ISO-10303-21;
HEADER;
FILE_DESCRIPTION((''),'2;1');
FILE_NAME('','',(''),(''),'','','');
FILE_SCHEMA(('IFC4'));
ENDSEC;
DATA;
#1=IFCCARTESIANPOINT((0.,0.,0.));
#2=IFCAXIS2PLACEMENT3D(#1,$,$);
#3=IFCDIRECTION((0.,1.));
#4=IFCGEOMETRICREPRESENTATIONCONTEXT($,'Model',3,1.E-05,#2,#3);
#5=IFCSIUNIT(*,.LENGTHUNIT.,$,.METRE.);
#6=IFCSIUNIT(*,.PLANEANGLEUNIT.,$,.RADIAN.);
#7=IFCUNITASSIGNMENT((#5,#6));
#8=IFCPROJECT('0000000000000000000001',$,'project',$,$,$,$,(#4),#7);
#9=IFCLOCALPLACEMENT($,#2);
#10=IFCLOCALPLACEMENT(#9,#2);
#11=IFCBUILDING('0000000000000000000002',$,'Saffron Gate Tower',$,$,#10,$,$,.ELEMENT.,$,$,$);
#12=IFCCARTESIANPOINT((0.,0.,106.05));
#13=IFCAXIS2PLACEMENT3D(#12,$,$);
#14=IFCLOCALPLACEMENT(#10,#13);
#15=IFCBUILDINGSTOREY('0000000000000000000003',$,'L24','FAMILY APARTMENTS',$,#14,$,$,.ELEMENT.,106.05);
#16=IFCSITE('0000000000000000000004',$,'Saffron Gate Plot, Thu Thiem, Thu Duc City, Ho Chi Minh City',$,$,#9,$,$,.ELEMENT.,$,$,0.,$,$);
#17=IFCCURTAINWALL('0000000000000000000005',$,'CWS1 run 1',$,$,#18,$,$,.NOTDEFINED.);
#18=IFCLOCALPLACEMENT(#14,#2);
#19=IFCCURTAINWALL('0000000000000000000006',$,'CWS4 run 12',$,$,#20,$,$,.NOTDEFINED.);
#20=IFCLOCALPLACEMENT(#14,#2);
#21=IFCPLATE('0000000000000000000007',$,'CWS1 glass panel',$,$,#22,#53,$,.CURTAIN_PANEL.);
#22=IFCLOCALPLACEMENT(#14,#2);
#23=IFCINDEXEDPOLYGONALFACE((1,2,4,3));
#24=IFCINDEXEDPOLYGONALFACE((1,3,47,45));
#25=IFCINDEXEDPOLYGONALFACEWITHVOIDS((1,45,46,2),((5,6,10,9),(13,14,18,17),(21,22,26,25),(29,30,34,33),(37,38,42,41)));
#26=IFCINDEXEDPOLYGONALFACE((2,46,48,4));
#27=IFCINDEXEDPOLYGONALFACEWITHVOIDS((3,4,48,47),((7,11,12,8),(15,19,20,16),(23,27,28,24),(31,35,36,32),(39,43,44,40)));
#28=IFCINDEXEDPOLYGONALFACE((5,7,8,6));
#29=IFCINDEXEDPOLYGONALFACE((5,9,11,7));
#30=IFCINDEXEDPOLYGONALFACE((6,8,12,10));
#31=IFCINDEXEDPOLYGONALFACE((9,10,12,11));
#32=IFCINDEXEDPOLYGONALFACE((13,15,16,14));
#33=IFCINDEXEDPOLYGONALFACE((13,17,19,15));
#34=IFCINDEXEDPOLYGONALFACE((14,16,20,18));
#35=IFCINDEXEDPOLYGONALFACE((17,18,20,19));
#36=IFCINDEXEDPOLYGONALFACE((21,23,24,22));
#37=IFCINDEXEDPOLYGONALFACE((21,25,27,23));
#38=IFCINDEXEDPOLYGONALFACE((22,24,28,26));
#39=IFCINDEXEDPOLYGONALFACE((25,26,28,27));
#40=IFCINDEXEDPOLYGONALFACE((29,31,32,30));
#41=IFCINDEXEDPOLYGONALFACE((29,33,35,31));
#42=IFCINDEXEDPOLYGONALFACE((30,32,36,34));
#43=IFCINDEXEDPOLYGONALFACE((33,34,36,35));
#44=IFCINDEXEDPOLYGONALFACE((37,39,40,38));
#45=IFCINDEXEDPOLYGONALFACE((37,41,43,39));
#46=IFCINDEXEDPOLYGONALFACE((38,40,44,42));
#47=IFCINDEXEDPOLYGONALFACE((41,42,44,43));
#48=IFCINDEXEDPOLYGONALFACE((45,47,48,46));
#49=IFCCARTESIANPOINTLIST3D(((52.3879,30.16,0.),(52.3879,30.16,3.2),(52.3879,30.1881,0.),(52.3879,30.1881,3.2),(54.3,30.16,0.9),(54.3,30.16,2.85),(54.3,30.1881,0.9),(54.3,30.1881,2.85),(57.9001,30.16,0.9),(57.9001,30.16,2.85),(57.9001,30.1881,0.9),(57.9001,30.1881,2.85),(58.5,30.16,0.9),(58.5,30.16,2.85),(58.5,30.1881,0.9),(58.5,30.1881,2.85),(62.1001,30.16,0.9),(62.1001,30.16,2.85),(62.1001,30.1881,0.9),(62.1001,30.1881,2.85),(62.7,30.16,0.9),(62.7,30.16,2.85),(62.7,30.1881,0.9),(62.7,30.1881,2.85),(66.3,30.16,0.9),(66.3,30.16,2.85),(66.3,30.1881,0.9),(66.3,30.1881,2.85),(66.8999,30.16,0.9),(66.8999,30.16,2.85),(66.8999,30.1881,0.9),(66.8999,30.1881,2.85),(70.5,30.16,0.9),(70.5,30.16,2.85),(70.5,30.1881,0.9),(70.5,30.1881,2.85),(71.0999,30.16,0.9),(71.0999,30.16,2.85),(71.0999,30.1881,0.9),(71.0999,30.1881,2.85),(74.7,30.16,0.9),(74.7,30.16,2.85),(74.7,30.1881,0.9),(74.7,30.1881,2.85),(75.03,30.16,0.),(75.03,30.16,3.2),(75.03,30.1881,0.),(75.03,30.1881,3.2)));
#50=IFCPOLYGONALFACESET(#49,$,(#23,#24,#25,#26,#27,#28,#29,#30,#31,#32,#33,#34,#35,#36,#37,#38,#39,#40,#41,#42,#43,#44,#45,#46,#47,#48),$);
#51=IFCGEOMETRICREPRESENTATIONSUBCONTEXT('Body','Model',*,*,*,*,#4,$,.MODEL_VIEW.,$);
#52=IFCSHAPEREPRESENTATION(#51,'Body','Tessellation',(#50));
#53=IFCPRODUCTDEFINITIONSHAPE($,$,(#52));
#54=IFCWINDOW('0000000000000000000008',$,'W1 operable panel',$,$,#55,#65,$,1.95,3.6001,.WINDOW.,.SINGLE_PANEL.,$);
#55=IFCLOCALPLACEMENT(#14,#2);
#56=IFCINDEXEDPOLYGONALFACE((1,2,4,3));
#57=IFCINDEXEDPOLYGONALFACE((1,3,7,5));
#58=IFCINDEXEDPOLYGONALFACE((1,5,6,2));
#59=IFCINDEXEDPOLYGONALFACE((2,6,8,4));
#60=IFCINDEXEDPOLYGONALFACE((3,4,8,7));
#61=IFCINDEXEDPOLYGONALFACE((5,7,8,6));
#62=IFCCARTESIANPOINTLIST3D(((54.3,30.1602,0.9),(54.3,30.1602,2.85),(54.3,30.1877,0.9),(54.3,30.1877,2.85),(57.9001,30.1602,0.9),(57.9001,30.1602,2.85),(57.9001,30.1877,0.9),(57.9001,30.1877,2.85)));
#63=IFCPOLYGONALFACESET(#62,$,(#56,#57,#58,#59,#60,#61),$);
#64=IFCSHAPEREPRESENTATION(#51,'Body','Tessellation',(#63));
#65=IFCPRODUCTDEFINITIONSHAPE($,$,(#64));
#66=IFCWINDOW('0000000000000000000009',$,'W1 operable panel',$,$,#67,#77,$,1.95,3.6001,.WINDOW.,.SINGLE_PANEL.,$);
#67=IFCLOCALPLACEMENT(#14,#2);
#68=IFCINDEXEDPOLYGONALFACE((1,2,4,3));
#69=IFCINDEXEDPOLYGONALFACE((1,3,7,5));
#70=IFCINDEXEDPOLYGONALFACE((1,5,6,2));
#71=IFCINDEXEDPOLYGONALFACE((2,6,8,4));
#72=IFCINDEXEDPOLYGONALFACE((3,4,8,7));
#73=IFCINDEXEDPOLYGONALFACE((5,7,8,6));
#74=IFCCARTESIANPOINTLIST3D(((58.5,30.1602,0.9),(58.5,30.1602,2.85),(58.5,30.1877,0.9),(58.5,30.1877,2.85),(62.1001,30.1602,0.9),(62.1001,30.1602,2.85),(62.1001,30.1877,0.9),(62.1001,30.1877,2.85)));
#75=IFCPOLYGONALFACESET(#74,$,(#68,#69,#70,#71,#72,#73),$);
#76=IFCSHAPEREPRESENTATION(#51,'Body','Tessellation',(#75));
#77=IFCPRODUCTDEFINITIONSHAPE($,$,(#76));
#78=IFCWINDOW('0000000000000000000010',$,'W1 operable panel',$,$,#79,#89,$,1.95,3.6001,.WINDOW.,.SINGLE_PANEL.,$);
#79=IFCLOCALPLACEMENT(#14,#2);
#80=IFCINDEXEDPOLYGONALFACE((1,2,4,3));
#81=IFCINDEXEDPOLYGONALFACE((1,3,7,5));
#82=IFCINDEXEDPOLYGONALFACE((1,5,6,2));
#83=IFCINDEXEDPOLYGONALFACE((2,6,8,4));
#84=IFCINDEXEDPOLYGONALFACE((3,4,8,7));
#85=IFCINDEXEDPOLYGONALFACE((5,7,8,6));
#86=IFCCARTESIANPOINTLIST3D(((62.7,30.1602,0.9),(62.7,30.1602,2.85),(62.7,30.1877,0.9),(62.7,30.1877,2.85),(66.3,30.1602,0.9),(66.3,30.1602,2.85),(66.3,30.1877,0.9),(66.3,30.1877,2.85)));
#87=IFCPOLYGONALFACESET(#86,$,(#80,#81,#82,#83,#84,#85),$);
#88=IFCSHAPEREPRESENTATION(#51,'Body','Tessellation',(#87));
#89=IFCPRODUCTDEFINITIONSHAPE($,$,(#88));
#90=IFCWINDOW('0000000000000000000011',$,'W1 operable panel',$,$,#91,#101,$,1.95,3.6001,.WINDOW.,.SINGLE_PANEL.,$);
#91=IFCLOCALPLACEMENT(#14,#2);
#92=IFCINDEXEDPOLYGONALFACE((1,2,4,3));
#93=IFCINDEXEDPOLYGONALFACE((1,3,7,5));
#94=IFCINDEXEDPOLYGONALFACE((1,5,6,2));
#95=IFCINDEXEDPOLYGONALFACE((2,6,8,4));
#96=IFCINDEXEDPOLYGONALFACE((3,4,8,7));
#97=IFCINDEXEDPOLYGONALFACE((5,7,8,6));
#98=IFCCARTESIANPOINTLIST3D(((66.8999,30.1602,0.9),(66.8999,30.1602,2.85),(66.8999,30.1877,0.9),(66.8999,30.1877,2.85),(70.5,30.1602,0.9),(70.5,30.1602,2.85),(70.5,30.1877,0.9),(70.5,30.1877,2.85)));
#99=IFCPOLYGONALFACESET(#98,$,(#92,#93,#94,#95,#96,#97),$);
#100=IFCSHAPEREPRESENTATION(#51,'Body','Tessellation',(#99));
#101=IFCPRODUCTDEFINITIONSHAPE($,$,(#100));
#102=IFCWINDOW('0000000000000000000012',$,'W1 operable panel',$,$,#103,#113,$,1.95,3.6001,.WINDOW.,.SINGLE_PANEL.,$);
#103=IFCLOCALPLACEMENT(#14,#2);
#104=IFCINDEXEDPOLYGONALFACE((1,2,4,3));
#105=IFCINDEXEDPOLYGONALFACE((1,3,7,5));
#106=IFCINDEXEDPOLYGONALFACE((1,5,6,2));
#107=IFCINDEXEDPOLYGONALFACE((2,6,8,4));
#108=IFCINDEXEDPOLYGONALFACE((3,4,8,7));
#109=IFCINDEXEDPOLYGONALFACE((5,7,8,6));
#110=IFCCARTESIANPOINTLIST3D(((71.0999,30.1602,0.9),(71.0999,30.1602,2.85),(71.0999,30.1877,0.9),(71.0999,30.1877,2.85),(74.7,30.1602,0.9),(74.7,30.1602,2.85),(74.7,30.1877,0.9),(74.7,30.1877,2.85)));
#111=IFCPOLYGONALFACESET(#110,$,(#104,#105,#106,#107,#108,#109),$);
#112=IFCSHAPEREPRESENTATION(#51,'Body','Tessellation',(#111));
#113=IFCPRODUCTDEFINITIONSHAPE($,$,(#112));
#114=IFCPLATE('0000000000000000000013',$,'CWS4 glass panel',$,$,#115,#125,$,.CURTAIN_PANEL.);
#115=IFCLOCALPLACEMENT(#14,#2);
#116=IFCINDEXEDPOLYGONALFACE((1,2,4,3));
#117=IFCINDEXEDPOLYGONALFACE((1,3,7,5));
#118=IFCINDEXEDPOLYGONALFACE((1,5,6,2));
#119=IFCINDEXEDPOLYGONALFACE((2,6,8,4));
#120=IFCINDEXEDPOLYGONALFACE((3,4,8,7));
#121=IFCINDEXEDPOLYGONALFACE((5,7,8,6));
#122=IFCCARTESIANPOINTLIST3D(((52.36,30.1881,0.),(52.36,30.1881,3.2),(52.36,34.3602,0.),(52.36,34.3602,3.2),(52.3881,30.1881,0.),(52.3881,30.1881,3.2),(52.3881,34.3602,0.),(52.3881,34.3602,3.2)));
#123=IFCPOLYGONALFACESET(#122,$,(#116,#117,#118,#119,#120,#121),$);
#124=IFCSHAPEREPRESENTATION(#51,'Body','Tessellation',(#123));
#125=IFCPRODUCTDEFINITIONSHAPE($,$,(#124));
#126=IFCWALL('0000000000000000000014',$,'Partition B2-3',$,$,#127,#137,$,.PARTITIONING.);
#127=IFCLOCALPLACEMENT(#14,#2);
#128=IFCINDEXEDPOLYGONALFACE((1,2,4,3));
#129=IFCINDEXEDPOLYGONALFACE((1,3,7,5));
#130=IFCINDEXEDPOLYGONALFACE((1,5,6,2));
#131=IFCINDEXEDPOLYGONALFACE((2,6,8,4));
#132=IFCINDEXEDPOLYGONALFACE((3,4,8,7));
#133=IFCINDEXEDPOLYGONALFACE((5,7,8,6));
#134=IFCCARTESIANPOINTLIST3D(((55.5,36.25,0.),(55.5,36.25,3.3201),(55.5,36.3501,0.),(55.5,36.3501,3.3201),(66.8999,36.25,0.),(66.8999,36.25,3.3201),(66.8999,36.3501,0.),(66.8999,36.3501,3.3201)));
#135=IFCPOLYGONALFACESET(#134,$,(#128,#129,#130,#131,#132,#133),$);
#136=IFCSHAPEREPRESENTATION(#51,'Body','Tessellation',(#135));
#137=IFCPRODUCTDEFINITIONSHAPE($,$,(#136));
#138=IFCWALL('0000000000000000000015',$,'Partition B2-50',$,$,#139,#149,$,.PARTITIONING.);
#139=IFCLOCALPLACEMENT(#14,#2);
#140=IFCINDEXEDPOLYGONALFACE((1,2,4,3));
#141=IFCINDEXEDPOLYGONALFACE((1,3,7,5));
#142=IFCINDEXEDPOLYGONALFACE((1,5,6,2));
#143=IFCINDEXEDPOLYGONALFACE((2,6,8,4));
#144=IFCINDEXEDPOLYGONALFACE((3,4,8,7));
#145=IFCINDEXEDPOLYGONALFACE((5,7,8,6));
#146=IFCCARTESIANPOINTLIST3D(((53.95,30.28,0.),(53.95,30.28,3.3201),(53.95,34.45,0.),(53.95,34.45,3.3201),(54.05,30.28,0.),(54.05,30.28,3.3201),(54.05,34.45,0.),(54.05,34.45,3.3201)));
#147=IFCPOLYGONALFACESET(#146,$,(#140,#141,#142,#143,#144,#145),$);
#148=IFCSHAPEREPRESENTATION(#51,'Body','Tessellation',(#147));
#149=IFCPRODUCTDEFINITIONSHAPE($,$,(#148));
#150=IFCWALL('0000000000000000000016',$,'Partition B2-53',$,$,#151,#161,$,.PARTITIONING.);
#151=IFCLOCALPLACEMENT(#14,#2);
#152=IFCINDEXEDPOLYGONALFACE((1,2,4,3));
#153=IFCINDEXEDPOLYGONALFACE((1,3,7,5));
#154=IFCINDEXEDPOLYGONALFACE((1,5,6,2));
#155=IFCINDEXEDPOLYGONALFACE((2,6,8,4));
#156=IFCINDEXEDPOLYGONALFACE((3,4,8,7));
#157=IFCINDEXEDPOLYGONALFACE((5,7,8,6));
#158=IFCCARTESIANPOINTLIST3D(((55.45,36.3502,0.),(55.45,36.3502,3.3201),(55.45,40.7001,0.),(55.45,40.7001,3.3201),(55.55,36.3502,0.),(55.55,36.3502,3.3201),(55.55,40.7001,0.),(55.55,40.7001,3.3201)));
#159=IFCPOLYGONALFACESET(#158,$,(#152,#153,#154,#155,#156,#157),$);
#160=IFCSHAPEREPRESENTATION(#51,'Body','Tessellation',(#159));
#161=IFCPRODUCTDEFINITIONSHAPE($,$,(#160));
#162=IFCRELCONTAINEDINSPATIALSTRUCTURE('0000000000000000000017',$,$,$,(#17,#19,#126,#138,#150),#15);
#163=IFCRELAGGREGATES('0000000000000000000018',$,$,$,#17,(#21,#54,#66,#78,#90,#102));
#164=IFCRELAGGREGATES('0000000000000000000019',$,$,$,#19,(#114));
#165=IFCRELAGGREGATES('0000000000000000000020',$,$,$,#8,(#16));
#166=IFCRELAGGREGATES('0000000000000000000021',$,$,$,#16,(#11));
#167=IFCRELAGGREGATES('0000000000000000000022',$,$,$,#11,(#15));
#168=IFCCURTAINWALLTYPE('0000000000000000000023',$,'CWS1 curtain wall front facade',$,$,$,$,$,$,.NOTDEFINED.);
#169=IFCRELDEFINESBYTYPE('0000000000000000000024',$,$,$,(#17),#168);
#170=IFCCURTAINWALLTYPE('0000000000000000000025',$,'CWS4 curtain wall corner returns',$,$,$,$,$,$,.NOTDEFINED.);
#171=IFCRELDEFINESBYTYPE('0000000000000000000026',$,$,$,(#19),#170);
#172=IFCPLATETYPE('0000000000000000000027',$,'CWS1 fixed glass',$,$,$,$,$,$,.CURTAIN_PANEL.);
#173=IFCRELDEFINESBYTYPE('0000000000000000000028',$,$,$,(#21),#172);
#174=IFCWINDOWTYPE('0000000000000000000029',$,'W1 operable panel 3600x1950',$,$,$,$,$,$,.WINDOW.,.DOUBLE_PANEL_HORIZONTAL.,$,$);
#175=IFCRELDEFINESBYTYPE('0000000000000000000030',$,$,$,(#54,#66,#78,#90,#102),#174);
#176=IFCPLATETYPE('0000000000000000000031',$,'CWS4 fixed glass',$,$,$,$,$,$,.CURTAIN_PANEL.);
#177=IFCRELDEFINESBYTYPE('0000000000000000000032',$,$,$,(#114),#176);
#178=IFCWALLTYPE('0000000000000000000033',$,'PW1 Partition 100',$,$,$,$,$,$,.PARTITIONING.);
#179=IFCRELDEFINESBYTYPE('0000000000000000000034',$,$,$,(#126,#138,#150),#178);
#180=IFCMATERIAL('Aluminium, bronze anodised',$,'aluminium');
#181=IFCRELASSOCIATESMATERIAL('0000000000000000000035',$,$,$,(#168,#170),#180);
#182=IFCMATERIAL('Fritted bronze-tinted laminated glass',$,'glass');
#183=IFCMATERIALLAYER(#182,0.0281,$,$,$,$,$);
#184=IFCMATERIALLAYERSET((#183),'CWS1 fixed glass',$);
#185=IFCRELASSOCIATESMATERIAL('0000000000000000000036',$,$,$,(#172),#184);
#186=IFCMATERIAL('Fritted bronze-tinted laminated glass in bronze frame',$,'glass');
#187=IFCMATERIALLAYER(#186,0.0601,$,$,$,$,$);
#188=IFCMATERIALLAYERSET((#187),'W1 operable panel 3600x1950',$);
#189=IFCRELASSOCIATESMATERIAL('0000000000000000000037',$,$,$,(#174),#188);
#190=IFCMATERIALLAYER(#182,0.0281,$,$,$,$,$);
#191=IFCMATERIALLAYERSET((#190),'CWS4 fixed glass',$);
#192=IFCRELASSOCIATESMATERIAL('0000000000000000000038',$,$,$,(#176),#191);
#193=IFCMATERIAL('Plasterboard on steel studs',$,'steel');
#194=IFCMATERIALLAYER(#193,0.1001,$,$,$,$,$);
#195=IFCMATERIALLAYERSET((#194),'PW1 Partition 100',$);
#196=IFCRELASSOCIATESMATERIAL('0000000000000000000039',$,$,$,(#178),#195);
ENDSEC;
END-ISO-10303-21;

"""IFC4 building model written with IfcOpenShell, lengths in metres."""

from ifc_helpers import new_model, si_unit, direction, frame, frame_2d, origin, place, context, subcontext, project, spatial, rectangle, extrude, material, layer, layer_set, type_object, element, fill, aggregate, save


model = new_model("IFC4")

# Units and contexts
model_context = context("Model", 3, precision=1e-05, world=origin(), true_north=direction((0.0, 1.0)))
body_context = subcontext(model_context, "Body", "Model", "MODEL_VIEW")
ifc_project = project(units=[si_unit("LENGTHUNIT", "METRE"), si_unit("PLANEANGLEUNIT", "RADIAN")], contexts=[model_context])

# Site, building, storey
site_placement = place(None, origin())
site = spatial("IfcSite", under=ifc_project, at=site_placement, Name="Saffron Gate Plot, Thu Thiem, Thu Duc City, Ho Chi Minh City", CompositionType="ELEMENT", RefElevation=0.0)
building_placement = place(site_placement, origin())
building = spatial("IfcBuilding", under=site, at=building_placement, Name="Saffron Gate Tower", CompositionType="ELEMENT")
storey_placement = place(building_placement, frame((0.0, 0.0, 106.05)))
storey = spatial("IfcBuildingStorey", under=building, at=storey_placement, Name="L24", Description="FAMILY APARTMENTS", CompositionType="ELEMENT", Elevation=106.05)

# Curtain wall
ifc_material_1 = material(Name="Aluminium, bronze anodised", Category="aluminium")
curtain_wall_type_1 = type_object("IfcCurtainWallType", Name="CWS1 curtain wall front facade", PredefinedType="NOTDEFINED", material=ifc_material_1)
curtain_wall_1_placement = place(storey_placement, origin())
curtain_wall_1 = element("IfcCurtainWall", 1, at=curtain_wall_1_placement, inside=storey, type_object=curtain_wall_type_1, Name="CWS1 run 1", PredefinedType="NOTDEFINED")

# Curtain wall
curtain_wall_type_2 = type_object("IfcCurtainWallType", Name="CWS4 curtain wall corner returns", PredefinedType="NOTDEFINED", material=ifc_material_1)
curtain_wall_2_placement = place(storey_placement, origin())
curtain_wall_2 = element("IfcCurtainWall", 2, at=curtain_wall_2_placement, inside=storey, type_object=curtain_wall_type_2, Name="CWS4 run 12", PredefinedType="NOTDEFINED")

# Plate, openings, windows
ifc_material_2 = material(Name="Fritted bronze-tinted laminated glass", Category="glass")
ifc_layer_1 = layer(ifc_material_2, 0.0281)
ifc_layer_set_1 = layer_set([ifc_layer_1], Name="CWS1 fixed glass")
plate_type_1 = type_object("IfcPlateType", Name="CWS1 fixed glass", PredefinedType="CURTAIN_PANEL", material=ifc_layer_set_1)
plate_1_placement = place(storey_placement, frame((52.3879, 30.1741, 0.0), z_axis=(0.0, 0.0, 1.0), x_axis=(1.0, 0.0, 0.0)))
plate_1 = element("IfcPlate", 3, at=plate_1_placement, type_object=plate_type_1, Name="CWS1 glass panel", PredefinedType="CURTAIN_PANEL", context=body_context, shape_type="SweptSolid", body=[
    extrude(rectangle(XDim=22.6421, YDim=0.0281, at=frame_2d((11.321, 0.0))), origin(), (0.0, 0.0, 1.0), 3.2),
])
opening_1_placement = place(plate_1_placement, frame((1.9121, 0.0, 0.8999)))
opening_1 = element("IfcOpeningElement", 4, at=opening_1_placement, cuts=plate_1, PredefinedType="OPENING", context=body_context, shape_type="SweptSolid", body=[
    extrude(rectangle(XDim=3.6001, YDim=1.95, at=frame_2d((1.8, 0.9751))), frame((0.0, 0.0239, 0.0), z_axis=(0.0, -1.0, 0.0), x_axis=(1.0, 0.0, 0.0)), (0.0, 0.0, 1.0), 0.0481),
])
opening_2_placement = place(plate_1_placement, frame((6.1121, 0.0, 0.8999)))
opening_2 = element("IfcOpeningElement", 5, at=opening_2_placement, cuts=plate_1, PredefinedType="OPENING", context=body_context, shape_type="SweptSolid", body=[
    extrude(rectangle(XDim=3.6001, YDim=1.95, at=frame_2d((1.8, 0.9751))), frame((0.0, 0.0239, 0.0), z_axis=(0.0, -1.0, 0.0), x_axis=(1.0, 0.0, 0.0)), (0.0, 0.0, 1.0), 0.0481),
])
opening_3_placement = place(plate_1_placement, frame((10.312, 0.0, 0.8999)))
opening_3 = element("IfcOpeningElement", 6, at=opening_3_placement, cuts=plate_1, PredefinedType="OPENING", context=body_context, shape_type="SweptSolid", body=[
    extrude(rectangle(XDim=3.6001, YDim=1.95, at=frame_2d((1.8, 0.9751))), frame((0.0, 0.0239, 0.0), z_axis=(0.0, -1.0, 0.0), x_axis=(1.0, 0.0, 0.0)), (0.0, 0.0, 1.0), 0.0481),
])
opening_4_placement = place(plate_1_placement, frame((14.512, 0.0, 0.8999)))
opening_4 = element("IfcOpeningElement", 7, at=opening_4_placement, cuts=plate_1, PredefinedType="OPENING", context=body_context, shape_type="SweptSolid", body=[
    extrude(rectangle(XDim=3.6001, YDim=1.95, at=frame_2d((1.8, 0.9751))), frame((0.0, 0.0239, 0.0), z_axis=(0.0, -1.0, 0.0), x_axis=(1.0, 0.0, 0.0)), (0.0, 0.0, 1.0), 0.0481),
])
opening_5_placement = place(plate_1_placement, frame((18.7119, 0.0, 0.8999)))
opening_5 = element("IfcOpeningElement", 8, at=opening_5_placement, cuts=plate_1, PredefinedType="OPENING", context=body_context, shape_type="SweptSolid", body=[
    extrude(rectangle(XDim=3.6001, YDim=1.95, at=frame_2d((1.8, 0.9751))), frame((0.0, 0.0239, 0.0), z_axis=(0.0, -1.0, 0.0), x_axis=(1.0, 0.0, 0.0)), (0.0, 0.0, 1.0), 0.0481),
])
ifc_material_3 = material(Name="Fritted bronze-tinted laminated glass in bronze frame", Category="glass")
ifc_layer_2 = layer(ifc_material_3, 0.0601)
ifc_layer_set_2 = layer_set([ifc_layer_2], Name="W1 operable panel 3600x1950")
window_type = type_object("IfcWindowType", Name="W1 operable panel 3600x1950", PartitioningType="DOUBLE_PANEL_HORIZONTAL", PredefinedType="WINDOW", material=ifc_layer_set_2)
window_1_placement = place(opening_1_placement, origin())
window_1 = element("IfcWindow", 9, at=window_1_placement, type_object=window_type, Name="W1 operable panel", OverallHeight=1.95, OverallWidth=3.6001, PartitioningType="SINGLE_PANEL", PredefinedType="WINDOW", context=body_context, shape_type="SweptSolid", body=[
    extrude(rectangle(XDim=3.6001, YDim=1.95, at=frame_2d((1.8, 0.9751))), frame((0.0, 0.0137, 0.0), z_axis=(0.0, -1.0, 0.0), x_axis=(1.0, 0.0, 0.0)), (0.0, 0.0, 1.0), 0.0276),
])
fill(opening_1, window_1)
window_2_placement = place(opening_2_placement, origin())
window_2 = element("IfcWindow", 10, at=window_2_placement, type_object=window_type, Name="W1 operable panel", OverallHeight=1.95, OverallWidth=3.6001, PartitioningType="SINGLE_PANEL", PredefinedType="WINDOW", context=body_context, shape_type="SweptSolid", body=[
    extrude(rectangle(XDim=3.6001, YDim=1.95, at=frame_2d((1.8, 0.9751))), frame((0.0, 0.0137, 0.0), z_axis=(0.0, -1.0, 0.0), x_axis=(1.0, 0.0, 0.0)), (0.0, 0.0, 1.0), 0.0276),
])
fill(opening_2, window_2)
window_3_placement = place(opening_3_placement, origin())
window_3 = element("IfcWindow", 11, at=window_3_placement, type_object=window_type, Name="W1 operable panel", OverallHeight=1.95, OverallWidth=3.6001, PartitioningType="SINGLE_PANEL", PredefinedType="WINDOW", context=body_context, shape_type="SweptSolid", body=[
    extrude(rectangle(XDim=3.6001, YDim=1.95, at=frame_2d((1.8, 0.9751))), frame((0.0, 0.0137, 0.0), z_axis=(0.0, -1.0, 0.0), x_axis=(1.0, 0.0, 0.0)), (0.0, 0.0, 1.0), 0.0276),
])
fill(opening_3, window_3)
window_4_placement = place(opening_4_placement, origin())
window_4 = element("IfcWindow", 12, at=window_4_placement, type_object=window_type, Name="W1 operable panel", OverallHeight=1.95, OverallWidth=3.6001, PartitioningType="SINGLE_PANEL", PredefinedType="WINDOW", context=body_context, shape_type="SweptSolid", body=[
    extrude(rectangle(XDim=3.6001, YDim=1.95, at=frame_2d((1.8, 0.9751))), frame((0.0, 0.0137, 0.0), z_axis=(0.0, -1.0, 0.0), x_axis=(1.0, 0.0, 0.0)), (0.0, 0.0, 1.0), 0.0276),
])
fill(opening_4, window_4)
window_5_placement = place(opening_5_placement, origin())
window_5 = element("IfcWindow", 13, at=window_5_placement, type_object=window_type, Name="W1 operable panel", OverallHeight=1.95, OverallWidth=3.6001, PartitioningType="SINGLE_PANEL", PredefinedType="WINDOW", context=body_context, shape_type="SweptSolid", body=[
    extrude(rectangle(XDim=3.6001, YDim=1.95, at=frame_2d((1.8, 0.9751))), frame((0.0, 0.0137, 0.0), z_axis=(0.0, -1.0, 0.0), x_axis=(1.0, 0.0, 0.0)), (0.0, 0.0, 1.0), 0.0276),
])
fill(opening_5, window_5)
aggregate(curtain_wall_1, [plate_1, window_1, window_2, window_3, window_4, window_5])

# Plate
ifc_layer_3 = layer(ifc_material_2, 0.0281)
ifc_layer_set_3 = layer_set([ifc_layer_3], Name="CWS4 fixed glass")
plate_type_2 = type_object("IfcPlateType", Name="CWS4 fixed glass", PredefinedType="CURTAIN_PANEL", material=ifc_layer_set_3)
plate_2_placement = place(storey_placement, frame((52.374, 34.3601, 0.0), z_axis=(0.0, 0.0, 1.0), x_axis=(0.0, -1.0, 0.0)))
plate_2 = element("IfcPlate", 14, at=plate_2_placement, type_object=plate_type_2, Name="CWS4 glass panel", PredefinedType="CURTAIN_PANEL", context=body_context, shape_type="SweptSolid", body=[
    extrude(rectangle(XDim=4.1721, YDim=0.0281, at=frame_2d((2.0859, 0.0))), origin(), (0.0, 0.0, 1.0), 3.2),
])
aggregate(curtain_wall_2, [plate_2])

# Walls
ifc_material_4 = material(Name="Plasterboard on steel studs", Category="steel")
ifc_layer_4 = layer(ifc_material_4, 0.1001)
ifc_layer_set_4 = layer_set([ifc_layer_4], Name="PW1 Partition 100")
wall_type = type_object("IfcWallType", Name="PW1 Partition 100", PredefinedType="PARTITIONING", material=ifc_layer_set_4)
wall_1_placement = place(storey_placement, frame((55.5, 36.3, 0.0), z_axis=(0.0, 0.0, 1.0), x_axis=(1.0, 0.0, 0.0)))
element("IfcWall", 15, at=wall_1_placement, inside=storey, type_object=wall_type, Name="Partition B2-3", PredefinedType="PARTITIONING", context=body_context, shape_type="SweptSolid", body=[
    extrude(rectangle(XDim=11.3999, YDim=0.1001, at=frame_2d((5.7, 0.0))), origin(), (0.0, 0.0, 1.0), 3.3201),
])
wall_2_placement = place(storey_placement, frame((54.0, 34.45, 0.0), z_axis=(0.0, 0.0, 1.0), x_axis=(0.0, -1.0, 0.0)))
element("IfcWall", 16, at=wall_2_placement, inside=storey, type_object=wall_type, Name="Partition B2-50", PredefinedType="PARTITIONING", context=body_context, shape_type="SweptSolid", body=[
    extrude(rectangle(XDim=4.1699, YDim=0.1001, at=frame_2d((2.085, 0.0))), origin(), (0.0, 0.0, 1.0), 3.3201),
])
wall_3_placement = place(storey_placement, frame((55.5, 40.7, 0.0), z_axis=(0.0, 0.0, 1.0), x_axis=(0.0, -1.0, 0.0)))
element("IfcWall", 17, at=wall_3_placement, inside=storey, type_object=wall_type, Name="Partition B2-53", PredefinedType="PARTITIONING", context=body_context, shape_type="SweptSolid", body=[
    extrude(rectangle(XDim=4.3499, YDim=0.1001, at=frame_2d((2.1748, 0.0))), origin(), (0.0, 0.0, 1.0), 3.3201),
])

save(model, "model.ifc")
